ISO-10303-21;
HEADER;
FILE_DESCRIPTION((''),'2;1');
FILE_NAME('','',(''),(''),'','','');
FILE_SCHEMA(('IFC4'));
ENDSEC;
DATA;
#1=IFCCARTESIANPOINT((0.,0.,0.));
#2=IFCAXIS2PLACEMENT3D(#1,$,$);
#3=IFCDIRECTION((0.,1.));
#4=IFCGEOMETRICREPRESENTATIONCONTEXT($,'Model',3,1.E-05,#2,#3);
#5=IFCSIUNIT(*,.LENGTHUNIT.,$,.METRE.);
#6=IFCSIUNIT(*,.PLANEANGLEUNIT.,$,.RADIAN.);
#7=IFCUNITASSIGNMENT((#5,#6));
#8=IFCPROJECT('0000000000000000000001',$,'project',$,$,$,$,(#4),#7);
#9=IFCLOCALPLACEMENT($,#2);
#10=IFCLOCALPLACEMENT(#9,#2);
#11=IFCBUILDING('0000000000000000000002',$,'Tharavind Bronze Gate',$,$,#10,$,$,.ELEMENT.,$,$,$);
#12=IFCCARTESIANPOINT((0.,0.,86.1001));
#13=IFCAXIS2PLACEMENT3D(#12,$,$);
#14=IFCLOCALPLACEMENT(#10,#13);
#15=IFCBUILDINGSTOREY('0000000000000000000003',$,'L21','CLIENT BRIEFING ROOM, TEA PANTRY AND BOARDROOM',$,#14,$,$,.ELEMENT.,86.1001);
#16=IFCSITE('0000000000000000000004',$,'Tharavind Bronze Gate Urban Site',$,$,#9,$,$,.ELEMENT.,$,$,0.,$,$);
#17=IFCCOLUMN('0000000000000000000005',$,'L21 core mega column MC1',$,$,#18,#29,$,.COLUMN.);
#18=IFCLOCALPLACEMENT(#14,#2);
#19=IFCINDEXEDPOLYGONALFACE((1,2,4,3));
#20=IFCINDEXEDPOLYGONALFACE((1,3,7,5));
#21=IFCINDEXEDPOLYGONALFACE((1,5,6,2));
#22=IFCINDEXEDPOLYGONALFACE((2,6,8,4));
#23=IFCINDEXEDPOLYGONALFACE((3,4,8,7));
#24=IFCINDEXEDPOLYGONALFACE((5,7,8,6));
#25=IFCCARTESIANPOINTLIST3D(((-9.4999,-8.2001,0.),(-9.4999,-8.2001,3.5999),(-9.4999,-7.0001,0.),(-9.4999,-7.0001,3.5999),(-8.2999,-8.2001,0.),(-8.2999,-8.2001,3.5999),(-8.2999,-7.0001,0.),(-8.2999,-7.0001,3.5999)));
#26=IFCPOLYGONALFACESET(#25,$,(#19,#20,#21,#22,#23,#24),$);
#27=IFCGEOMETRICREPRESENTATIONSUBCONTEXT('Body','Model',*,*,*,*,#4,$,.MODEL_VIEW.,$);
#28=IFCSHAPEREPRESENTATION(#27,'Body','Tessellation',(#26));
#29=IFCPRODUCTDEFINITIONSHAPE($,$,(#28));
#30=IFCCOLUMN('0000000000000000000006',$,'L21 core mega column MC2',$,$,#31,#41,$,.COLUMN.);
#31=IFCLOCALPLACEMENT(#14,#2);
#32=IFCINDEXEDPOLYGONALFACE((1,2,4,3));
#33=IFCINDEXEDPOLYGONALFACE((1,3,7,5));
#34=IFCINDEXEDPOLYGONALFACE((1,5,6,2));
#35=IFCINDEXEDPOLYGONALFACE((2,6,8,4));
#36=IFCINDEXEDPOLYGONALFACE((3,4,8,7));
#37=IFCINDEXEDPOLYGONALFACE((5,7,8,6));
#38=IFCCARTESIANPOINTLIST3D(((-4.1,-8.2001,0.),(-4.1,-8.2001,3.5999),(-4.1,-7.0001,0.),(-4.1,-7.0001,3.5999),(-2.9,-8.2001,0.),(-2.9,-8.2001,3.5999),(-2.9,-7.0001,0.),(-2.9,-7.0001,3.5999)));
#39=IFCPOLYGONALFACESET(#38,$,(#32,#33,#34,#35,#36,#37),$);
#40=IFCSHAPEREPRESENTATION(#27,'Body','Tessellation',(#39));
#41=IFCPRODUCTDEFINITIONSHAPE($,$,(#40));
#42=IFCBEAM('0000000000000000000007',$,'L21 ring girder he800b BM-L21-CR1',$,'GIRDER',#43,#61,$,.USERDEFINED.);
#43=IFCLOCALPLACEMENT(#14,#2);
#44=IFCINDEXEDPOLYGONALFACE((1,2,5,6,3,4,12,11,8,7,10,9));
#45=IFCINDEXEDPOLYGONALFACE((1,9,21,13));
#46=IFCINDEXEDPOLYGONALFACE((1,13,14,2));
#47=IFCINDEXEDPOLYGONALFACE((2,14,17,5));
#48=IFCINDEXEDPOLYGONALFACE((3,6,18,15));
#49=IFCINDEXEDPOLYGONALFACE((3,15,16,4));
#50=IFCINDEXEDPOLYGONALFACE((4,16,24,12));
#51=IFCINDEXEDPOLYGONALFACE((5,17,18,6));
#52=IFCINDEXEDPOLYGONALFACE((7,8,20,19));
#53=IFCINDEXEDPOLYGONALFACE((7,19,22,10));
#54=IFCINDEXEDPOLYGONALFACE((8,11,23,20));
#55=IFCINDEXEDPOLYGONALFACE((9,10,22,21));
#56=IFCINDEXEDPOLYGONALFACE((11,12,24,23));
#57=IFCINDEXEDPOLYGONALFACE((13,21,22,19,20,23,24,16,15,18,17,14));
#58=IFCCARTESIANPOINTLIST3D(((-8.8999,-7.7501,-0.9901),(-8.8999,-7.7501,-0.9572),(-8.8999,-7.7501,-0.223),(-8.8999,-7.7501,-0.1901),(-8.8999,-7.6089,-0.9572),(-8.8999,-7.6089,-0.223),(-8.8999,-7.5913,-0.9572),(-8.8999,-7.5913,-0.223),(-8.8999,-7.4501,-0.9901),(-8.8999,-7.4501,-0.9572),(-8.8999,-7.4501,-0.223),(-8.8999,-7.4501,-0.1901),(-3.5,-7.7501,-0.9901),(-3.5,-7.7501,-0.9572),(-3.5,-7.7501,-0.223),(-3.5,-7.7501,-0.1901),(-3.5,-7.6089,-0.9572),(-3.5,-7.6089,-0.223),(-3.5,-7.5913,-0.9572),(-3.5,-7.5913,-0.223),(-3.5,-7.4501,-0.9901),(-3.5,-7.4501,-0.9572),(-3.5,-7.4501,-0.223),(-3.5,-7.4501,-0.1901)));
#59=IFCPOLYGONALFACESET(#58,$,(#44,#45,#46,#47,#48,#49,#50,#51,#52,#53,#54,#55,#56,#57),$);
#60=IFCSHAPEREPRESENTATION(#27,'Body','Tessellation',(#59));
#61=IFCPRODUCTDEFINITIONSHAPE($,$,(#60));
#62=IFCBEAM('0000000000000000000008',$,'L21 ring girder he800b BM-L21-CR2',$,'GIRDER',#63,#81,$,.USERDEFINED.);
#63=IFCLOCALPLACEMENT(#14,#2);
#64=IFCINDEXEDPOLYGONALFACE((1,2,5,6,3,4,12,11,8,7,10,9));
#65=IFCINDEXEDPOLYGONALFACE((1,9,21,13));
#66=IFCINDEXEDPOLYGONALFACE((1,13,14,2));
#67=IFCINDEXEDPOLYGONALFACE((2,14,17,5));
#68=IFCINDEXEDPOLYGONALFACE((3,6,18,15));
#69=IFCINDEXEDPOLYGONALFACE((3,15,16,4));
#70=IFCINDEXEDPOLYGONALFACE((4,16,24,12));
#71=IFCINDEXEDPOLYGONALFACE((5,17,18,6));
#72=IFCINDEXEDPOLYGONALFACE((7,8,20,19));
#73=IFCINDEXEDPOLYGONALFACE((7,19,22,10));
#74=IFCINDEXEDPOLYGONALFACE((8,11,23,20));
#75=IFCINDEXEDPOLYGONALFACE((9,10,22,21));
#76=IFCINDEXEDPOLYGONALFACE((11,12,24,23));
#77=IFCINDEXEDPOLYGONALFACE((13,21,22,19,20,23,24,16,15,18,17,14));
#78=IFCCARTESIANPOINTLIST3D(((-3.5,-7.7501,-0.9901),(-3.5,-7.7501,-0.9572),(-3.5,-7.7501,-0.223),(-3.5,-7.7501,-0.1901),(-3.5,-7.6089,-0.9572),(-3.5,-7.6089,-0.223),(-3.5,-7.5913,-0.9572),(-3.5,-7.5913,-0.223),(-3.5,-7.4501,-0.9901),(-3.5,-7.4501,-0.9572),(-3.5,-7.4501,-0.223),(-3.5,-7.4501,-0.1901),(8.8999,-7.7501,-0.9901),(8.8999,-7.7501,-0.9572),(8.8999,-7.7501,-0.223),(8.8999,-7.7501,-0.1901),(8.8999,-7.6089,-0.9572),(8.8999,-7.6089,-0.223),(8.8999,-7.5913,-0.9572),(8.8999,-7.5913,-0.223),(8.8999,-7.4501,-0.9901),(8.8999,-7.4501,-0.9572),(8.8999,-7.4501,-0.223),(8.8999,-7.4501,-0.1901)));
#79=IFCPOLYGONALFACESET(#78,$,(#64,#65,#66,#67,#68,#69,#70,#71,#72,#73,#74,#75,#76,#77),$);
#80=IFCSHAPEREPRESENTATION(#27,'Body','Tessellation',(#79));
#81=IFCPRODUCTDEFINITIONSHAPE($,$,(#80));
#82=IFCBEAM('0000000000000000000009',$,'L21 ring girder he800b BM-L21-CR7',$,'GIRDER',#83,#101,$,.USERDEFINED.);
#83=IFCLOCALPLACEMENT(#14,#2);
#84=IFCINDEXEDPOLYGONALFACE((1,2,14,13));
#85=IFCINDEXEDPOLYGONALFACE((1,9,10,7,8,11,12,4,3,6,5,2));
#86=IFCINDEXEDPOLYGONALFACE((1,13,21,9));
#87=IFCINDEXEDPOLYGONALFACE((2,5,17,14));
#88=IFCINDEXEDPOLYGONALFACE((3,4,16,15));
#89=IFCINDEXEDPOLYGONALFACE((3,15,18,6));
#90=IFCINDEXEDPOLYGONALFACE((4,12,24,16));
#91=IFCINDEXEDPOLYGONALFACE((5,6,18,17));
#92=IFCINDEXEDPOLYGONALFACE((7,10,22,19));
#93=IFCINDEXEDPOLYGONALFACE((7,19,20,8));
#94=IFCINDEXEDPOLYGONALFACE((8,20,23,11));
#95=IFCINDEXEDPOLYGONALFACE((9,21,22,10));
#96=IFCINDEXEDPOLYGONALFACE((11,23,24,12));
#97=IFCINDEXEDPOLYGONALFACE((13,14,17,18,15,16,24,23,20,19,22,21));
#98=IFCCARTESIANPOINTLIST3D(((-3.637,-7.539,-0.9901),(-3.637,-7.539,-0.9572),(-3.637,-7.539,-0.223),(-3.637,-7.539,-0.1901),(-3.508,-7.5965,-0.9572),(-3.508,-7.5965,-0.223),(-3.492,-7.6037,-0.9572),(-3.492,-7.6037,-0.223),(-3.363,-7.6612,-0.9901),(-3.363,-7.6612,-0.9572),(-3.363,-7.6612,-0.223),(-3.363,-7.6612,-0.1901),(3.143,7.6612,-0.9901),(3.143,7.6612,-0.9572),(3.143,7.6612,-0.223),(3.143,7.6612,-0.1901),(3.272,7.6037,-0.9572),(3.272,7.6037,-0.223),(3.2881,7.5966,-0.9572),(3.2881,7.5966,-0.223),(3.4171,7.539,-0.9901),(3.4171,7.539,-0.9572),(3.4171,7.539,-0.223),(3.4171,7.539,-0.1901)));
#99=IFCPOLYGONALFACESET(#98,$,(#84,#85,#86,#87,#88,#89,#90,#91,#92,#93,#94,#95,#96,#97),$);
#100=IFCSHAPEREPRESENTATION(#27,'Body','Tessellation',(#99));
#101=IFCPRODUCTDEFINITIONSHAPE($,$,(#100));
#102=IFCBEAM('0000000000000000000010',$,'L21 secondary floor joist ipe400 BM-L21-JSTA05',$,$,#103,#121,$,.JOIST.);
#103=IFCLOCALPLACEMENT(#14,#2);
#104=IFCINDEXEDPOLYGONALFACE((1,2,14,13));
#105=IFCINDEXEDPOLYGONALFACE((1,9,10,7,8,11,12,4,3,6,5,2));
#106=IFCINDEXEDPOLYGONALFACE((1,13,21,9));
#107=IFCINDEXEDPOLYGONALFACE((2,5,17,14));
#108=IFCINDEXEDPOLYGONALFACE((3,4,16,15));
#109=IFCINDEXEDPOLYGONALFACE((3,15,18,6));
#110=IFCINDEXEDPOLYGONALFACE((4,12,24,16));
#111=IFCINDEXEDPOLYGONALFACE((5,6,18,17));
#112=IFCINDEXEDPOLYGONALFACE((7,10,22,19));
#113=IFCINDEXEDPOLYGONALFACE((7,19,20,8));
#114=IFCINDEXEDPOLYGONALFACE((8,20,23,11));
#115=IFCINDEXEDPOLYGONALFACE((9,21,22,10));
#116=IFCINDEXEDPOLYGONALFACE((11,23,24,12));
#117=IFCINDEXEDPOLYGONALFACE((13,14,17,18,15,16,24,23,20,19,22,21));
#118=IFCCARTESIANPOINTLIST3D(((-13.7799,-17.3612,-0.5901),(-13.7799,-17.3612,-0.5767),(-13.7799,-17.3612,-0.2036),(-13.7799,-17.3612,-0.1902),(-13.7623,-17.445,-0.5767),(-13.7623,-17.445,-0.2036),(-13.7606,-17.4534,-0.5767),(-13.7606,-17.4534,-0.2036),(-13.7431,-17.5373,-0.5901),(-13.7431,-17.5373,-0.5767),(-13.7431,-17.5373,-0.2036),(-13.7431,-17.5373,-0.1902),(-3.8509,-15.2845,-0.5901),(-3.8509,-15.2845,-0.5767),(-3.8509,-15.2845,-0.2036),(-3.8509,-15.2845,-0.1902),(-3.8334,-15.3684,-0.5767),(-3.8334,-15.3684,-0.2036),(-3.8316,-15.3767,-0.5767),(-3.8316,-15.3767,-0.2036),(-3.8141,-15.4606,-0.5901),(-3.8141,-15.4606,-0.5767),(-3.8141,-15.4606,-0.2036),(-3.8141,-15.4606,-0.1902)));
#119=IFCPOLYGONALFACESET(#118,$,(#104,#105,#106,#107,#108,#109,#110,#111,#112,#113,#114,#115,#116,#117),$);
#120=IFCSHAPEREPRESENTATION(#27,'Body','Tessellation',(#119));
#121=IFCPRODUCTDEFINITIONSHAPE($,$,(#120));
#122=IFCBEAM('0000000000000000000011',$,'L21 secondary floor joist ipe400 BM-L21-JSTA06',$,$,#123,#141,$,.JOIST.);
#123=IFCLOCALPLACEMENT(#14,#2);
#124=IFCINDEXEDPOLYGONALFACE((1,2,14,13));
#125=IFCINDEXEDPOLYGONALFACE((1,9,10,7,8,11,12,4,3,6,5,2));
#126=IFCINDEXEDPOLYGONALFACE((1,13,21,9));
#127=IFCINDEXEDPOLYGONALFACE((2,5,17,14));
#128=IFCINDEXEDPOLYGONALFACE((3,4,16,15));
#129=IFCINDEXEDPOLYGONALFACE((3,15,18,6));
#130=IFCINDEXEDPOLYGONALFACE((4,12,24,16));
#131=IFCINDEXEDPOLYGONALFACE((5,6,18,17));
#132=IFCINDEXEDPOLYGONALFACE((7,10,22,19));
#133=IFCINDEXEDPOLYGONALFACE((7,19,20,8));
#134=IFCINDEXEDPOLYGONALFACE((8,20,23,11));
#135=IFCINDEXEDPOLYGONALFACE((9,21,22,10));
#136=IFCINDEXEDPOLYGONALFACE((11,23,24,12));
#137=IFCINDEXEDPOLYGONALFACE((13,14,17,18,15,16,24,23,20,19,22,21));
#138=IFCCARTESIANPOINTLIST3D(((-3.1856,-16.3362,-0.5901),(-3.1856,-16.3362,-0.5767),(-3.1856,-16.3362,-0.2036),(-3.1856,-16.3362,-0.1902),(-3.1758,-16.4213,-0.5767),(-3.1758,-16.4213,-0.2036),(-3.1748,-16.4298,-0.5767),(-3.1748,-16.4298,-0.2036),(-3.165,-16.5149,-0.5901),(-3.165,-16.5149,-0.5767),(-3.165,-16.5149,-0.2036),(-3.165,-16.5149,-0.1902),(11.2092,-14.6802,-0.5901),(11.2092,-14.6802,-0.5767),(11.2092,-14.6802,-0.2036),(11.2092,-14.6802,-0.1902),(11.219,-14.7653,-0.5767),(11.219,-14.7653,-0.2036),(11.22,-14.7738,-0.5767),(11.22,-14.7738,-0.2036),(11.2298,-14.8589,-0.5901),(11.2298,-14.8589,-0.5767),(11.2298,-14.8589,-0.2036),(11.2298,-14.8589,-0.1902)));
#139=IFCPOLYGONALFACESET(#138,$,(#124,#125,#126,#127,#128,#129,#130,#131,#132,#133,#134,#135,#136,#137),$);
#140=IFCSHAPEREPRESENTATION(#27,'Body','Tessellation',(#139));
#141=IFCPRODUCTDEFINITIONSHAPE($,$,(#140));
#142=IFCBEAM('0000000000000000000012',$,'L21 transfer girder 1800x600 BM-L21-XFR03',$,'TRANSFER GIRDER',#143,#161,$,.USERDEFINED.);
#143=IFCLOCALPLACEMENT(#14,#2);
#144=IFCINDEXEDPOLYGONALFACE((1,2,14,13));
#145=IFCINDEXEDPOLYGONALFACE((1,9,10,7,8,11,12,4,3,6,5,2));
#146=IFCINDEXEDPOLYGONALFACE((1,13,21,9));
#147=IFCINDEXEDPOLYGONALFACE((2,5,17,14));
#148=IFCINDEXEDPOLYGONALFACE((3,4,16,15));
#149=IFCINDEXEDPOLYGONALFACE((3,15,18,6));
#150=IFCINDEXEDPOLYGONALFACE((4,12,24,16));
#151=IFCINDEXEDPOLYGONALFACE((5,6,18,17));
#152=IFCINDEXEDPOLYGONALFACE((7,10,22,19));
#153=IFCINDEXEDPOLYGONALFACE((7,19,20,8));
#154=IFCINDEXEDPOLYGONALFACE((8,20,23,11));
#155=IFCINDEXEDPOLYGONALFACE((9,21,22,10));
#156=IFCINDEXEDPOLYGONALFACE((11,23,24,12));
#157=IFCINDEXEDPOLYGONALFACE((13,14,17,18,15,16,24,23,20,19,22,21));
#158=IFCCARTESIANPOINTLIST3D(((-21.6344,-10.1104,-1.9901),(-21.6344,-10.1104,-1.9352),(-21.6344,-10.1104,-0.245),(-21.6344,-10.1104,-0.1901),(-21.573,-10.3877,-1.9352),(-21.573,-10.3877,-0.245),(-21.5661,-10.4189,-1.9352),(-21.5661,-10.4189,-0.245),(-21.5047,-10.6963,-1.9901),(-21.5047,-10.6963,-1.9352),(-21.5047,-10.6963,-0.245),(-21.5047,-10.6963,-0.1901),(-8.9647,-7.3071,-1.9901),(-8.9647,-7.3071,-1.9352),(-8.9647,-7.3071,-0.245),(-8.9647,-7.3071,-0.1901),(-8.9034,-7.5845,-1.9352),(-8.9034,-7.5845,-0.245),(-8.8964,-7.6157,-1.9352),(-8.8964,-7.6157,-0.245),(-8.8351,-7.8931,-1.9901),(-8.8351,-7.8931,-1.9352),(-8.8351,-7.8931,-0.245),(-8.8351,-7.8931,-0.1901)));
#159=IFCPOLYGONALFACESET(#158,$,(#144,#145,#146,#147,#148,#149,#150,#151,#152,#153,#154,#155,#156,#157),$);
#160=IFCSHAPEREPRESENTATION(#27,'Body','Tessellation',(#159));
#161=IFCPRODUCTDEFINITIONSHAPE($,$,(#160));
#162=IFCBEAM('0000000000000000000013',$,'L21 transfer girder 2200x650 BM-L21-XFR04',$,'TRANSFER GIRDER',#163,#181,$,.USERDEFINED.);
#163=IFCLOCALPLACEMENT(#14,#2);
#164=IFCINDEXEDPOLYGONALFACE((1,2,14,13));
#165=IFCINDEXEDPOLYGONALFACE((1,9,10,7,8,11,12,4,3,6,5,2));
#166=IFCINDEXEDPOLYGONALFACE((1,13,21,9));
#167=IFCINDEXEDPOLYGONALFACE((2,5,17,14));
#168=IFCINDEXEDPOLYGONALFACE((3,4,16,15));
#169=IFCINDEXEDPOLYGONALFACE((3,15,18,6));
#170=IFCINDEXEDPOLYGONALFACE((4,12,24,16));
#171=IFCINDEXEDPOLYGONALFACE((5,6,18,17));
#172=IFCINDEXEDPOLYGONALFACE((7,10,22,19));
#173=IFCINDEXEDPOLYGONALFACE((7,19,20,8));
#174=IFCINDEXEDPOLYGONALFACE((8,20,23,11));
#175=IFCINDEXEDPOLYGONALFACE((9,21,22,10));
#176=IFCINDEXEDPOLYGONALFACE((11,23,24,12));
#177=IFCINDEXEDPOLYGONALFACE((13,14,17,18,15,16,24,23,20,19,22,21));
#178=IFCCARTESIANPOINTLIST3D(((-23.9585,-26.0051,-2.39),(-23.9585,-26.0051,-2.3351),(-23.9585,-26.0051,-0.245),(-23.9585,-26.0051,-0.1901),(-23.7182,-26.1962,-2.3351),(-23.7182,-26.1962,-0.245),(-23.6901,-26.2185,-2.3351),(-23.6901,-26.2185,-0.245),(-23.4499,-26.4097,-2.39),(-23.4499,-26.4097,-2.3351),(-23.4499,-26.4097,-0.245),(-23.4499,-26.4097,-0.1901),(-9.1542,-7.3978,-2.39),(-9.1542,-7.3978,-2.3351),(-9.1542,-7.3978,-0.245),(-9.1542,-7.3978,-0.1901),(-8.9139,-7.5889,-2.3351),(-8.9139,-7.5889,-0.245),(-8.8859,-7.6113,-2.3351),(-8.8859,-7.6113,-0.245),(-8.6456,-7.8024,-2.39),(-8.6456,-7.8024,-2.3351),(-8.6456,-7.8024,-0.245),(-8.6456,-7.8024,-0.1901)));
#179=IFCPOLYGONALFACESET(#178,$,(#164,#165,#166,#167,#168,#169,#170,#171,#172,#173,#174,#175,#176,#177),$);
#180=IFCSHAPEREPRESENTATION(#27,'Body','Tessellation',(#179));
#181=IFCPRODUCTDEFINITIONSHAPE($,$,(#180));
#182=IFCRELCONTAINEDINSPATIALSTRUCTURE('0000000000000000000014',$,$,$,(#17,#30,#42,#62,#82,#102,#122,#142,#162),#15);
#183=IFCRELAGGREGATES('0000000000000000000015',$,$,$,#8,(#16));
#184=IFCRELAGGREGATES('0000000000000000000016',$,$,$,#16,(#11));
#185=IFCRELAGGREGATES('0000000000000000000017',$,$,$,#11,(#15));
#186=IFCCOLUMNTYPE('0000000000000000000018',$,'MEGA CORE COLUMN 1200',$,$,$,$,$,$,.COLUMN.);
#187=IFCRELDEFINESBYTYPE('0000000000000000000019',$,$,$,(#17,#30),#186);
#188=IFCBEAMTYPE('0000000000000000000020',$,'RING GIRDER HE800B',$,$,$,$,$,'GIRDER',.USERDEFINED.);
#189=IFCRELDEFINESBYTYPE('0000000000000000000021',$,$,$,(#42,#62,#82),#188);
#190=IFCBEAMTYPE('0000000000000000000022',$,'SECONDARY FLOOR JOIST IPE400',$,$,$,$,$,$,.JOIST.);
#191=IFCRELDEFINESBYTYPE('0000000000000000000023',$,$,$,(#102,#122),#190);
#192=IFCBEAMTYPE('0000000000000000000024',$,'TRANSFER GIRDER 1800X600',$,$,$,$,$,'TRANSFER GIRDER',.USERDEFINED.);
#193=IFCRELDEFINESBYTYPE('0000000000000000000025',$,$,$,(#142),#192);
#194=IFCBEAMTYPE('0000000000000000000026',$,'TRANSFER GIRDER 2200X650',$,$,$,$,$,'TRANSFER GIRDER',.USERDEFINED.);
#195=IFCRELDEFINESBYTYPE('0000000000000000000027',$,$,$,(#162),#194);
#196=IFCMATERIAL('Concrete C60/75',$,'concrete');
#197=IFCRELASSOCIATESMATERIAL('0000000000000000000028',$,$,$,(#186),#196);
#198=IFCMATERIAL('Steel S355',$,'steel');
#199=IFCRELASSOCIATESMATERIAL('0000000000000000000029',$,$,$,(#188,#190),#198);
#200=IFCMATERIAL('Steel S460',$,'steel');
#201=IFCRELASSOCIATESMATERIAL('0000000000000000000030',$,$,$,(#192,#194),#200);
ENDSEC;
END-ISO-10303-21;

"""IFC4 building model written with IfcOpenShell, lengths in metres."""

from ifc_helpers import new_model, si_unit, direction, frame, origin, origin_2d, place, context, subcontext, project, spatial, rectangle, i_section, extrude, material, material_profile, profile_set, type_object, element, save


model = new_model("IFC4")

# Units and contexts
model_context = context("Model", 3, precision=1e-05, world=origin(), true_north=direction((0.0, 1.0)))
body_context = subcontext(model_context, "Body", "Model", "MODEL_VIEW")
ifc_project = project(units=[si_unit("LENGTHUNIT", "METRE"), si_unit("PLANEANGLEUNIT", "RADIAN")], contexts=[model_context])

# Site, building, storey
site_placement = place(None, origin())
site = spatial("IfcSite", under=ifc_project, at=site_placement, Name="Tharavind Bronze Gate Urban Site", CompositionType="ELEMENT", RefElevation=0.0)
building_placement = place(site_placement, origin())
building = spatial("IfcBuilding", under=site, at=building_placement, Name="Tharavind Bronze Gate", CompositionType="ELEMENT")
storey_placement = place(building_placement, frame((0.0, 0.0, 86.1001)))
storey = spatial("IfcBuildingStorey", under=building, at=storey_placement, Name="L21", Description="CLIENT BRIEFING ROOM, TEA PANTRY AND BOARDROOM", CompositionType="ELEMENT", Elevation=86.1001)

# Columns
ifc_material_1 = material(Name="Concrete C60/75", Category="concrete")
ifc_material_profile_1 = material_profile(ifc_material_1, rectangle(XDim=1.2, YDim=1.2, at=origin_2d()), Name="RCCOL1200")
ifc_profile_set_1 = profile_set([ifc_material_profile_1], Name="Concrete C60/75")
column_type = type_object("IfcColumnType", Name="MEGA CORE COLUMN 1200", PredefinedType="COLUMN", material=ifc_profile_set_1)
for number, where, z_axis, x_axis, name in (
    (1, (-8.8999, -7.6001, 0.0), (0.0, 0.0, 1.0), (1.0, 0.0, 0.0), "L21 core mega column MC1"),
    (2, (-3.5, -7.6001, 0.0), (0.0, 0.0, 1.0), (1.0, 0.0, 0.0), "L21 core mega column MC2"),
):
    element("IfcColumn", number, at=place(storey_placement, frame(where, z_axis=z_axis, x_axis=x_axis)), inside=storey, type_object=column_type, Name=name, PredefinedType="COLUMN", context=body_context, shape_type="SweptSolid", body=[
        extrude(rectangle(XDim=1.2, YDim=1.2, at=origin_2d()), origin(), (0.0, 0.0, 1.0), 3.5999),
    ])

# Beams
ifc_material_2 = material(Name="Steel S355", Category="steel")
ifc_material_profile_2 = material_profile(ifc_material_2, i_section(OverallWidth=0.3, OverallDepth=0.8, WebThickness=0.0176, FlangeThickness=0.033, at=origin_2d()), Name="HE800B")
ifc_profile_set_2 = profile_set([ifc_material_profile_2], Name="Steel S355")
beam_type_1 = type_object("IfcBeamType", Name="RING GIRDER HE800B", ElementType="GIRDER", PredefinedType="USERDEFINED", material=ifc_profile_set_2)
beam_1_placement = place(storey_placement, frame((-8.8999, -7.6001, -0.5901), z_axis=(1.0, 0.0, 0.0), x_axis=(0.0, 1.0, 0.0)))
element("IfcBeam", 3, at=beam_1_placement, inside=storey, type_object=beam_type_1, Name="L21 ring girder he800b BM-L21-CR1", ObjectType="GIRDER", PredefinedType="USERDEFINED", context=body_context, shape_type="SweptSolid", body=[
    extrude(i_section(OverallWidth=0.3, OverallDepth=0.8, WebThickness=0.0176, FlangeThickness=0.033, at=origin_2d()), origin(), (0.0, 0.0, 1.0), 5.3999),
])
beam_2_placement = place(storey_placement, frame((-3.5, -7.6001, -0.5901), z_axis=(1.0, 0.0, 0.0), x_axis=(0.0, 1.0, 0.0)))
element("IfcBeam", 4, at=beam_2_placement, inside=storey, type_object=beam_type_1, Name="L21 ring girder he800b BM-L21-CR2", ObjectType="GIRDER", PredefinedType="USERDEFINED", context=body_context, shape_type="SweptSolid", body=[
    extrude(i_section(OverallWidth=0.3, OverallDepth=0.8, WebThickness=0.0176, FlangeThickness=0.033, at=origin_2d()), origin(), (0.0, 0.0, 1.0), 12.3999),
])
beam_3_placement = place(storey_placement, frame((-3.5, -7.6001, -0.5901), z_axis=(0.407362, 0.913267, 0.0), x_axis=(-0.913267, 0.407362, 0.0)))
element("IfcBeam", 5, at=beam_3_placement, inside=storey, type_object=beam_type_1, Name="L21 ring girder he800b BM-L21-CR7", ObjectType="GIRDER", PredefinedType="USERDEFINED", context=body_context, shape_type="SweptSolid", body=[
    extrude(i_section(OverallWidth=0.3, OverallDepth=0.8, WebThickness=0.0176, FlangeThickness=0.033, at=origin_2d()), origin(), (0.0, 0.0, 1.0), 16.6438),
])
ifc_material_profile_3 = material_profile(ifc_material_2, i_section(OverallWidth=0.1799, OverallDepth=0.3999, WebThickness=0.0085, FlangeThickness=0.0134, at=origin_2d()), Name="IPE400")
ifc_profile_set_3 = profile_set([ifc_material_profile_3], Name="Steel S355")
beam_type_2 = type_object("IfcBeamType", Name="SECONDARY FLOOR JOIST IPE400", PredefinedType="JOIST", material=ifc_profile_set_3)
beam_4_placement = place(storey_placement, frame((-13.7615, -17.4492, -0.3901), z_axis=(0.97882, 0.204722, 0.0), x_axis=(-0.204722, 0.97882, 0.0)))
element("IfcBeam", 6, at=beam_4_placement, inside=storey, type_object=beam_type_2, Name="L21 secondary floor joist ipe400 BM-L21-JSTA05", PredefinedType="JOIST", context=body_context, shape_type="SweptSolid", body=[
    extrude(i_section(OverallWidth=0.1799, OverallDepth=0.3999, WebThickness=0.0085, FlangeThickness=0.0134, at=origin_2d()), origin(), (0.0, 0.0, 1.0), 10.1438),
])
beam_5_placement = place(storey_placement, frame((-3.1753, -16.4255, -0.3901), z_axis=(0.993448, 0.114288, 0.0), x_axis=(-0.114288, 0.993448, 0.0)))
element("IfcBeam", 7, at=beam_5_placement, inside=storey, type_object=beam_type_2, Name="L21 secondary floor joist ipe400 BM-L21-JSTA06", PredefinedType="JOIST", context=body_context, shape_type="SweptSolid", body=[
    extrude(i_section(OverallWidth=0.1799, OverallDepth=0.3999, WebThickness=0.0085, FlangeThickness=0.0134, at=origin_2d()), origin(), (0.0, 0.0, 1.0), 14.4897),
])
ifc_material_3 = material(Name="Steel S460", Category="steel")
ifc_material_profile_4 = material_profile(ifc_material_3, i_section(OverallWidth=0.6001, OverallDepth=1.8, WebThickness=0.032, FlangeThickness=0.0549, at=origin_2d()), Name="PG1800X600")
ifc_profile_set_4 = profile_set([ifc_material_profile_4], Name="Steel S460")
beam_type_3 = type_object("IfcBeamType", Name="TRANSFER GIRDER 1800X600", ElementType="TRANSFER GIRDER", PredefinedType="USERDEFINED", material=ifc_profile_set_4)
beam_6_placement = place(storey_placement, frame((-8.8999, -7.6001, -1.0901), z_axis=(-0.976387, -0.21603, 0.0), x_axis=(0.21603, -0.976387, 0.0)))
element("IfcBeam", 8, at=beam_6_placement, inside=storey, type_object=beam_type_3, Name="L21 transfer girder 1800x600 BM-L21-XFR03", ObjectType="TRANSFER GIRDER", PredefinedType="USERDEFINED", context=body_context, shape_type="SweptSolid", body=[
    extrude(i_section(OverallWidth=0.6001, OverallDepth=1.8, WebThickness=0.032, FlangeThickness=0.0549, at=origin_2d()), origin(), (0.0, 0.0, 1.0), 12.9761),
])
ifc_material_profile_5 = material_profile(ifc_material_3, i_section(OverallWidth=0.6499, OverallDepth=2.2, WebThickness=0.0359, FlangeThickness=0.0549, at=origin_2d()), Name="PG2200X650")
ifc_profile_set_5 = profile_set([ifc_material_profile_5], Name="Steel S460")
beam_type_4 = type_object("IfcBeamType", Name="TRANSFER GIRDER 2200X650", ElementType="TRANSFER GIRDER", PredefinedType="USERDEFINED", material=ifc_profile_set_5)
beam_7_placement = place(storey_placement, frame((-8.8999, -7.6001, -1.29), z_axis=(-0.622602, -0.782539, 0.0), x_axis=(0.782539, -0.622602, 0.0)))
element("IfcBeam", 9, at=beam_7_placement, inside=storey, type_object=beam_type_4, Name="L21 transfer girder 2200x650 BM-L21-XFR04", ObjectType="TRANSFER GIRDER", PredefinedType="USERDEFINED", context=body_context, shape_type="SweptSolid", body=[
    extrude(i_section(OverallWidth=0.6499, OverallDepth=2.2, WebThickness=0.0359, FlangeThickness=0.0549, at=origin_2d()), origin(), (0.0, 0.0, 1.0), 23.7781),
])

save(model, "model.ifc")
